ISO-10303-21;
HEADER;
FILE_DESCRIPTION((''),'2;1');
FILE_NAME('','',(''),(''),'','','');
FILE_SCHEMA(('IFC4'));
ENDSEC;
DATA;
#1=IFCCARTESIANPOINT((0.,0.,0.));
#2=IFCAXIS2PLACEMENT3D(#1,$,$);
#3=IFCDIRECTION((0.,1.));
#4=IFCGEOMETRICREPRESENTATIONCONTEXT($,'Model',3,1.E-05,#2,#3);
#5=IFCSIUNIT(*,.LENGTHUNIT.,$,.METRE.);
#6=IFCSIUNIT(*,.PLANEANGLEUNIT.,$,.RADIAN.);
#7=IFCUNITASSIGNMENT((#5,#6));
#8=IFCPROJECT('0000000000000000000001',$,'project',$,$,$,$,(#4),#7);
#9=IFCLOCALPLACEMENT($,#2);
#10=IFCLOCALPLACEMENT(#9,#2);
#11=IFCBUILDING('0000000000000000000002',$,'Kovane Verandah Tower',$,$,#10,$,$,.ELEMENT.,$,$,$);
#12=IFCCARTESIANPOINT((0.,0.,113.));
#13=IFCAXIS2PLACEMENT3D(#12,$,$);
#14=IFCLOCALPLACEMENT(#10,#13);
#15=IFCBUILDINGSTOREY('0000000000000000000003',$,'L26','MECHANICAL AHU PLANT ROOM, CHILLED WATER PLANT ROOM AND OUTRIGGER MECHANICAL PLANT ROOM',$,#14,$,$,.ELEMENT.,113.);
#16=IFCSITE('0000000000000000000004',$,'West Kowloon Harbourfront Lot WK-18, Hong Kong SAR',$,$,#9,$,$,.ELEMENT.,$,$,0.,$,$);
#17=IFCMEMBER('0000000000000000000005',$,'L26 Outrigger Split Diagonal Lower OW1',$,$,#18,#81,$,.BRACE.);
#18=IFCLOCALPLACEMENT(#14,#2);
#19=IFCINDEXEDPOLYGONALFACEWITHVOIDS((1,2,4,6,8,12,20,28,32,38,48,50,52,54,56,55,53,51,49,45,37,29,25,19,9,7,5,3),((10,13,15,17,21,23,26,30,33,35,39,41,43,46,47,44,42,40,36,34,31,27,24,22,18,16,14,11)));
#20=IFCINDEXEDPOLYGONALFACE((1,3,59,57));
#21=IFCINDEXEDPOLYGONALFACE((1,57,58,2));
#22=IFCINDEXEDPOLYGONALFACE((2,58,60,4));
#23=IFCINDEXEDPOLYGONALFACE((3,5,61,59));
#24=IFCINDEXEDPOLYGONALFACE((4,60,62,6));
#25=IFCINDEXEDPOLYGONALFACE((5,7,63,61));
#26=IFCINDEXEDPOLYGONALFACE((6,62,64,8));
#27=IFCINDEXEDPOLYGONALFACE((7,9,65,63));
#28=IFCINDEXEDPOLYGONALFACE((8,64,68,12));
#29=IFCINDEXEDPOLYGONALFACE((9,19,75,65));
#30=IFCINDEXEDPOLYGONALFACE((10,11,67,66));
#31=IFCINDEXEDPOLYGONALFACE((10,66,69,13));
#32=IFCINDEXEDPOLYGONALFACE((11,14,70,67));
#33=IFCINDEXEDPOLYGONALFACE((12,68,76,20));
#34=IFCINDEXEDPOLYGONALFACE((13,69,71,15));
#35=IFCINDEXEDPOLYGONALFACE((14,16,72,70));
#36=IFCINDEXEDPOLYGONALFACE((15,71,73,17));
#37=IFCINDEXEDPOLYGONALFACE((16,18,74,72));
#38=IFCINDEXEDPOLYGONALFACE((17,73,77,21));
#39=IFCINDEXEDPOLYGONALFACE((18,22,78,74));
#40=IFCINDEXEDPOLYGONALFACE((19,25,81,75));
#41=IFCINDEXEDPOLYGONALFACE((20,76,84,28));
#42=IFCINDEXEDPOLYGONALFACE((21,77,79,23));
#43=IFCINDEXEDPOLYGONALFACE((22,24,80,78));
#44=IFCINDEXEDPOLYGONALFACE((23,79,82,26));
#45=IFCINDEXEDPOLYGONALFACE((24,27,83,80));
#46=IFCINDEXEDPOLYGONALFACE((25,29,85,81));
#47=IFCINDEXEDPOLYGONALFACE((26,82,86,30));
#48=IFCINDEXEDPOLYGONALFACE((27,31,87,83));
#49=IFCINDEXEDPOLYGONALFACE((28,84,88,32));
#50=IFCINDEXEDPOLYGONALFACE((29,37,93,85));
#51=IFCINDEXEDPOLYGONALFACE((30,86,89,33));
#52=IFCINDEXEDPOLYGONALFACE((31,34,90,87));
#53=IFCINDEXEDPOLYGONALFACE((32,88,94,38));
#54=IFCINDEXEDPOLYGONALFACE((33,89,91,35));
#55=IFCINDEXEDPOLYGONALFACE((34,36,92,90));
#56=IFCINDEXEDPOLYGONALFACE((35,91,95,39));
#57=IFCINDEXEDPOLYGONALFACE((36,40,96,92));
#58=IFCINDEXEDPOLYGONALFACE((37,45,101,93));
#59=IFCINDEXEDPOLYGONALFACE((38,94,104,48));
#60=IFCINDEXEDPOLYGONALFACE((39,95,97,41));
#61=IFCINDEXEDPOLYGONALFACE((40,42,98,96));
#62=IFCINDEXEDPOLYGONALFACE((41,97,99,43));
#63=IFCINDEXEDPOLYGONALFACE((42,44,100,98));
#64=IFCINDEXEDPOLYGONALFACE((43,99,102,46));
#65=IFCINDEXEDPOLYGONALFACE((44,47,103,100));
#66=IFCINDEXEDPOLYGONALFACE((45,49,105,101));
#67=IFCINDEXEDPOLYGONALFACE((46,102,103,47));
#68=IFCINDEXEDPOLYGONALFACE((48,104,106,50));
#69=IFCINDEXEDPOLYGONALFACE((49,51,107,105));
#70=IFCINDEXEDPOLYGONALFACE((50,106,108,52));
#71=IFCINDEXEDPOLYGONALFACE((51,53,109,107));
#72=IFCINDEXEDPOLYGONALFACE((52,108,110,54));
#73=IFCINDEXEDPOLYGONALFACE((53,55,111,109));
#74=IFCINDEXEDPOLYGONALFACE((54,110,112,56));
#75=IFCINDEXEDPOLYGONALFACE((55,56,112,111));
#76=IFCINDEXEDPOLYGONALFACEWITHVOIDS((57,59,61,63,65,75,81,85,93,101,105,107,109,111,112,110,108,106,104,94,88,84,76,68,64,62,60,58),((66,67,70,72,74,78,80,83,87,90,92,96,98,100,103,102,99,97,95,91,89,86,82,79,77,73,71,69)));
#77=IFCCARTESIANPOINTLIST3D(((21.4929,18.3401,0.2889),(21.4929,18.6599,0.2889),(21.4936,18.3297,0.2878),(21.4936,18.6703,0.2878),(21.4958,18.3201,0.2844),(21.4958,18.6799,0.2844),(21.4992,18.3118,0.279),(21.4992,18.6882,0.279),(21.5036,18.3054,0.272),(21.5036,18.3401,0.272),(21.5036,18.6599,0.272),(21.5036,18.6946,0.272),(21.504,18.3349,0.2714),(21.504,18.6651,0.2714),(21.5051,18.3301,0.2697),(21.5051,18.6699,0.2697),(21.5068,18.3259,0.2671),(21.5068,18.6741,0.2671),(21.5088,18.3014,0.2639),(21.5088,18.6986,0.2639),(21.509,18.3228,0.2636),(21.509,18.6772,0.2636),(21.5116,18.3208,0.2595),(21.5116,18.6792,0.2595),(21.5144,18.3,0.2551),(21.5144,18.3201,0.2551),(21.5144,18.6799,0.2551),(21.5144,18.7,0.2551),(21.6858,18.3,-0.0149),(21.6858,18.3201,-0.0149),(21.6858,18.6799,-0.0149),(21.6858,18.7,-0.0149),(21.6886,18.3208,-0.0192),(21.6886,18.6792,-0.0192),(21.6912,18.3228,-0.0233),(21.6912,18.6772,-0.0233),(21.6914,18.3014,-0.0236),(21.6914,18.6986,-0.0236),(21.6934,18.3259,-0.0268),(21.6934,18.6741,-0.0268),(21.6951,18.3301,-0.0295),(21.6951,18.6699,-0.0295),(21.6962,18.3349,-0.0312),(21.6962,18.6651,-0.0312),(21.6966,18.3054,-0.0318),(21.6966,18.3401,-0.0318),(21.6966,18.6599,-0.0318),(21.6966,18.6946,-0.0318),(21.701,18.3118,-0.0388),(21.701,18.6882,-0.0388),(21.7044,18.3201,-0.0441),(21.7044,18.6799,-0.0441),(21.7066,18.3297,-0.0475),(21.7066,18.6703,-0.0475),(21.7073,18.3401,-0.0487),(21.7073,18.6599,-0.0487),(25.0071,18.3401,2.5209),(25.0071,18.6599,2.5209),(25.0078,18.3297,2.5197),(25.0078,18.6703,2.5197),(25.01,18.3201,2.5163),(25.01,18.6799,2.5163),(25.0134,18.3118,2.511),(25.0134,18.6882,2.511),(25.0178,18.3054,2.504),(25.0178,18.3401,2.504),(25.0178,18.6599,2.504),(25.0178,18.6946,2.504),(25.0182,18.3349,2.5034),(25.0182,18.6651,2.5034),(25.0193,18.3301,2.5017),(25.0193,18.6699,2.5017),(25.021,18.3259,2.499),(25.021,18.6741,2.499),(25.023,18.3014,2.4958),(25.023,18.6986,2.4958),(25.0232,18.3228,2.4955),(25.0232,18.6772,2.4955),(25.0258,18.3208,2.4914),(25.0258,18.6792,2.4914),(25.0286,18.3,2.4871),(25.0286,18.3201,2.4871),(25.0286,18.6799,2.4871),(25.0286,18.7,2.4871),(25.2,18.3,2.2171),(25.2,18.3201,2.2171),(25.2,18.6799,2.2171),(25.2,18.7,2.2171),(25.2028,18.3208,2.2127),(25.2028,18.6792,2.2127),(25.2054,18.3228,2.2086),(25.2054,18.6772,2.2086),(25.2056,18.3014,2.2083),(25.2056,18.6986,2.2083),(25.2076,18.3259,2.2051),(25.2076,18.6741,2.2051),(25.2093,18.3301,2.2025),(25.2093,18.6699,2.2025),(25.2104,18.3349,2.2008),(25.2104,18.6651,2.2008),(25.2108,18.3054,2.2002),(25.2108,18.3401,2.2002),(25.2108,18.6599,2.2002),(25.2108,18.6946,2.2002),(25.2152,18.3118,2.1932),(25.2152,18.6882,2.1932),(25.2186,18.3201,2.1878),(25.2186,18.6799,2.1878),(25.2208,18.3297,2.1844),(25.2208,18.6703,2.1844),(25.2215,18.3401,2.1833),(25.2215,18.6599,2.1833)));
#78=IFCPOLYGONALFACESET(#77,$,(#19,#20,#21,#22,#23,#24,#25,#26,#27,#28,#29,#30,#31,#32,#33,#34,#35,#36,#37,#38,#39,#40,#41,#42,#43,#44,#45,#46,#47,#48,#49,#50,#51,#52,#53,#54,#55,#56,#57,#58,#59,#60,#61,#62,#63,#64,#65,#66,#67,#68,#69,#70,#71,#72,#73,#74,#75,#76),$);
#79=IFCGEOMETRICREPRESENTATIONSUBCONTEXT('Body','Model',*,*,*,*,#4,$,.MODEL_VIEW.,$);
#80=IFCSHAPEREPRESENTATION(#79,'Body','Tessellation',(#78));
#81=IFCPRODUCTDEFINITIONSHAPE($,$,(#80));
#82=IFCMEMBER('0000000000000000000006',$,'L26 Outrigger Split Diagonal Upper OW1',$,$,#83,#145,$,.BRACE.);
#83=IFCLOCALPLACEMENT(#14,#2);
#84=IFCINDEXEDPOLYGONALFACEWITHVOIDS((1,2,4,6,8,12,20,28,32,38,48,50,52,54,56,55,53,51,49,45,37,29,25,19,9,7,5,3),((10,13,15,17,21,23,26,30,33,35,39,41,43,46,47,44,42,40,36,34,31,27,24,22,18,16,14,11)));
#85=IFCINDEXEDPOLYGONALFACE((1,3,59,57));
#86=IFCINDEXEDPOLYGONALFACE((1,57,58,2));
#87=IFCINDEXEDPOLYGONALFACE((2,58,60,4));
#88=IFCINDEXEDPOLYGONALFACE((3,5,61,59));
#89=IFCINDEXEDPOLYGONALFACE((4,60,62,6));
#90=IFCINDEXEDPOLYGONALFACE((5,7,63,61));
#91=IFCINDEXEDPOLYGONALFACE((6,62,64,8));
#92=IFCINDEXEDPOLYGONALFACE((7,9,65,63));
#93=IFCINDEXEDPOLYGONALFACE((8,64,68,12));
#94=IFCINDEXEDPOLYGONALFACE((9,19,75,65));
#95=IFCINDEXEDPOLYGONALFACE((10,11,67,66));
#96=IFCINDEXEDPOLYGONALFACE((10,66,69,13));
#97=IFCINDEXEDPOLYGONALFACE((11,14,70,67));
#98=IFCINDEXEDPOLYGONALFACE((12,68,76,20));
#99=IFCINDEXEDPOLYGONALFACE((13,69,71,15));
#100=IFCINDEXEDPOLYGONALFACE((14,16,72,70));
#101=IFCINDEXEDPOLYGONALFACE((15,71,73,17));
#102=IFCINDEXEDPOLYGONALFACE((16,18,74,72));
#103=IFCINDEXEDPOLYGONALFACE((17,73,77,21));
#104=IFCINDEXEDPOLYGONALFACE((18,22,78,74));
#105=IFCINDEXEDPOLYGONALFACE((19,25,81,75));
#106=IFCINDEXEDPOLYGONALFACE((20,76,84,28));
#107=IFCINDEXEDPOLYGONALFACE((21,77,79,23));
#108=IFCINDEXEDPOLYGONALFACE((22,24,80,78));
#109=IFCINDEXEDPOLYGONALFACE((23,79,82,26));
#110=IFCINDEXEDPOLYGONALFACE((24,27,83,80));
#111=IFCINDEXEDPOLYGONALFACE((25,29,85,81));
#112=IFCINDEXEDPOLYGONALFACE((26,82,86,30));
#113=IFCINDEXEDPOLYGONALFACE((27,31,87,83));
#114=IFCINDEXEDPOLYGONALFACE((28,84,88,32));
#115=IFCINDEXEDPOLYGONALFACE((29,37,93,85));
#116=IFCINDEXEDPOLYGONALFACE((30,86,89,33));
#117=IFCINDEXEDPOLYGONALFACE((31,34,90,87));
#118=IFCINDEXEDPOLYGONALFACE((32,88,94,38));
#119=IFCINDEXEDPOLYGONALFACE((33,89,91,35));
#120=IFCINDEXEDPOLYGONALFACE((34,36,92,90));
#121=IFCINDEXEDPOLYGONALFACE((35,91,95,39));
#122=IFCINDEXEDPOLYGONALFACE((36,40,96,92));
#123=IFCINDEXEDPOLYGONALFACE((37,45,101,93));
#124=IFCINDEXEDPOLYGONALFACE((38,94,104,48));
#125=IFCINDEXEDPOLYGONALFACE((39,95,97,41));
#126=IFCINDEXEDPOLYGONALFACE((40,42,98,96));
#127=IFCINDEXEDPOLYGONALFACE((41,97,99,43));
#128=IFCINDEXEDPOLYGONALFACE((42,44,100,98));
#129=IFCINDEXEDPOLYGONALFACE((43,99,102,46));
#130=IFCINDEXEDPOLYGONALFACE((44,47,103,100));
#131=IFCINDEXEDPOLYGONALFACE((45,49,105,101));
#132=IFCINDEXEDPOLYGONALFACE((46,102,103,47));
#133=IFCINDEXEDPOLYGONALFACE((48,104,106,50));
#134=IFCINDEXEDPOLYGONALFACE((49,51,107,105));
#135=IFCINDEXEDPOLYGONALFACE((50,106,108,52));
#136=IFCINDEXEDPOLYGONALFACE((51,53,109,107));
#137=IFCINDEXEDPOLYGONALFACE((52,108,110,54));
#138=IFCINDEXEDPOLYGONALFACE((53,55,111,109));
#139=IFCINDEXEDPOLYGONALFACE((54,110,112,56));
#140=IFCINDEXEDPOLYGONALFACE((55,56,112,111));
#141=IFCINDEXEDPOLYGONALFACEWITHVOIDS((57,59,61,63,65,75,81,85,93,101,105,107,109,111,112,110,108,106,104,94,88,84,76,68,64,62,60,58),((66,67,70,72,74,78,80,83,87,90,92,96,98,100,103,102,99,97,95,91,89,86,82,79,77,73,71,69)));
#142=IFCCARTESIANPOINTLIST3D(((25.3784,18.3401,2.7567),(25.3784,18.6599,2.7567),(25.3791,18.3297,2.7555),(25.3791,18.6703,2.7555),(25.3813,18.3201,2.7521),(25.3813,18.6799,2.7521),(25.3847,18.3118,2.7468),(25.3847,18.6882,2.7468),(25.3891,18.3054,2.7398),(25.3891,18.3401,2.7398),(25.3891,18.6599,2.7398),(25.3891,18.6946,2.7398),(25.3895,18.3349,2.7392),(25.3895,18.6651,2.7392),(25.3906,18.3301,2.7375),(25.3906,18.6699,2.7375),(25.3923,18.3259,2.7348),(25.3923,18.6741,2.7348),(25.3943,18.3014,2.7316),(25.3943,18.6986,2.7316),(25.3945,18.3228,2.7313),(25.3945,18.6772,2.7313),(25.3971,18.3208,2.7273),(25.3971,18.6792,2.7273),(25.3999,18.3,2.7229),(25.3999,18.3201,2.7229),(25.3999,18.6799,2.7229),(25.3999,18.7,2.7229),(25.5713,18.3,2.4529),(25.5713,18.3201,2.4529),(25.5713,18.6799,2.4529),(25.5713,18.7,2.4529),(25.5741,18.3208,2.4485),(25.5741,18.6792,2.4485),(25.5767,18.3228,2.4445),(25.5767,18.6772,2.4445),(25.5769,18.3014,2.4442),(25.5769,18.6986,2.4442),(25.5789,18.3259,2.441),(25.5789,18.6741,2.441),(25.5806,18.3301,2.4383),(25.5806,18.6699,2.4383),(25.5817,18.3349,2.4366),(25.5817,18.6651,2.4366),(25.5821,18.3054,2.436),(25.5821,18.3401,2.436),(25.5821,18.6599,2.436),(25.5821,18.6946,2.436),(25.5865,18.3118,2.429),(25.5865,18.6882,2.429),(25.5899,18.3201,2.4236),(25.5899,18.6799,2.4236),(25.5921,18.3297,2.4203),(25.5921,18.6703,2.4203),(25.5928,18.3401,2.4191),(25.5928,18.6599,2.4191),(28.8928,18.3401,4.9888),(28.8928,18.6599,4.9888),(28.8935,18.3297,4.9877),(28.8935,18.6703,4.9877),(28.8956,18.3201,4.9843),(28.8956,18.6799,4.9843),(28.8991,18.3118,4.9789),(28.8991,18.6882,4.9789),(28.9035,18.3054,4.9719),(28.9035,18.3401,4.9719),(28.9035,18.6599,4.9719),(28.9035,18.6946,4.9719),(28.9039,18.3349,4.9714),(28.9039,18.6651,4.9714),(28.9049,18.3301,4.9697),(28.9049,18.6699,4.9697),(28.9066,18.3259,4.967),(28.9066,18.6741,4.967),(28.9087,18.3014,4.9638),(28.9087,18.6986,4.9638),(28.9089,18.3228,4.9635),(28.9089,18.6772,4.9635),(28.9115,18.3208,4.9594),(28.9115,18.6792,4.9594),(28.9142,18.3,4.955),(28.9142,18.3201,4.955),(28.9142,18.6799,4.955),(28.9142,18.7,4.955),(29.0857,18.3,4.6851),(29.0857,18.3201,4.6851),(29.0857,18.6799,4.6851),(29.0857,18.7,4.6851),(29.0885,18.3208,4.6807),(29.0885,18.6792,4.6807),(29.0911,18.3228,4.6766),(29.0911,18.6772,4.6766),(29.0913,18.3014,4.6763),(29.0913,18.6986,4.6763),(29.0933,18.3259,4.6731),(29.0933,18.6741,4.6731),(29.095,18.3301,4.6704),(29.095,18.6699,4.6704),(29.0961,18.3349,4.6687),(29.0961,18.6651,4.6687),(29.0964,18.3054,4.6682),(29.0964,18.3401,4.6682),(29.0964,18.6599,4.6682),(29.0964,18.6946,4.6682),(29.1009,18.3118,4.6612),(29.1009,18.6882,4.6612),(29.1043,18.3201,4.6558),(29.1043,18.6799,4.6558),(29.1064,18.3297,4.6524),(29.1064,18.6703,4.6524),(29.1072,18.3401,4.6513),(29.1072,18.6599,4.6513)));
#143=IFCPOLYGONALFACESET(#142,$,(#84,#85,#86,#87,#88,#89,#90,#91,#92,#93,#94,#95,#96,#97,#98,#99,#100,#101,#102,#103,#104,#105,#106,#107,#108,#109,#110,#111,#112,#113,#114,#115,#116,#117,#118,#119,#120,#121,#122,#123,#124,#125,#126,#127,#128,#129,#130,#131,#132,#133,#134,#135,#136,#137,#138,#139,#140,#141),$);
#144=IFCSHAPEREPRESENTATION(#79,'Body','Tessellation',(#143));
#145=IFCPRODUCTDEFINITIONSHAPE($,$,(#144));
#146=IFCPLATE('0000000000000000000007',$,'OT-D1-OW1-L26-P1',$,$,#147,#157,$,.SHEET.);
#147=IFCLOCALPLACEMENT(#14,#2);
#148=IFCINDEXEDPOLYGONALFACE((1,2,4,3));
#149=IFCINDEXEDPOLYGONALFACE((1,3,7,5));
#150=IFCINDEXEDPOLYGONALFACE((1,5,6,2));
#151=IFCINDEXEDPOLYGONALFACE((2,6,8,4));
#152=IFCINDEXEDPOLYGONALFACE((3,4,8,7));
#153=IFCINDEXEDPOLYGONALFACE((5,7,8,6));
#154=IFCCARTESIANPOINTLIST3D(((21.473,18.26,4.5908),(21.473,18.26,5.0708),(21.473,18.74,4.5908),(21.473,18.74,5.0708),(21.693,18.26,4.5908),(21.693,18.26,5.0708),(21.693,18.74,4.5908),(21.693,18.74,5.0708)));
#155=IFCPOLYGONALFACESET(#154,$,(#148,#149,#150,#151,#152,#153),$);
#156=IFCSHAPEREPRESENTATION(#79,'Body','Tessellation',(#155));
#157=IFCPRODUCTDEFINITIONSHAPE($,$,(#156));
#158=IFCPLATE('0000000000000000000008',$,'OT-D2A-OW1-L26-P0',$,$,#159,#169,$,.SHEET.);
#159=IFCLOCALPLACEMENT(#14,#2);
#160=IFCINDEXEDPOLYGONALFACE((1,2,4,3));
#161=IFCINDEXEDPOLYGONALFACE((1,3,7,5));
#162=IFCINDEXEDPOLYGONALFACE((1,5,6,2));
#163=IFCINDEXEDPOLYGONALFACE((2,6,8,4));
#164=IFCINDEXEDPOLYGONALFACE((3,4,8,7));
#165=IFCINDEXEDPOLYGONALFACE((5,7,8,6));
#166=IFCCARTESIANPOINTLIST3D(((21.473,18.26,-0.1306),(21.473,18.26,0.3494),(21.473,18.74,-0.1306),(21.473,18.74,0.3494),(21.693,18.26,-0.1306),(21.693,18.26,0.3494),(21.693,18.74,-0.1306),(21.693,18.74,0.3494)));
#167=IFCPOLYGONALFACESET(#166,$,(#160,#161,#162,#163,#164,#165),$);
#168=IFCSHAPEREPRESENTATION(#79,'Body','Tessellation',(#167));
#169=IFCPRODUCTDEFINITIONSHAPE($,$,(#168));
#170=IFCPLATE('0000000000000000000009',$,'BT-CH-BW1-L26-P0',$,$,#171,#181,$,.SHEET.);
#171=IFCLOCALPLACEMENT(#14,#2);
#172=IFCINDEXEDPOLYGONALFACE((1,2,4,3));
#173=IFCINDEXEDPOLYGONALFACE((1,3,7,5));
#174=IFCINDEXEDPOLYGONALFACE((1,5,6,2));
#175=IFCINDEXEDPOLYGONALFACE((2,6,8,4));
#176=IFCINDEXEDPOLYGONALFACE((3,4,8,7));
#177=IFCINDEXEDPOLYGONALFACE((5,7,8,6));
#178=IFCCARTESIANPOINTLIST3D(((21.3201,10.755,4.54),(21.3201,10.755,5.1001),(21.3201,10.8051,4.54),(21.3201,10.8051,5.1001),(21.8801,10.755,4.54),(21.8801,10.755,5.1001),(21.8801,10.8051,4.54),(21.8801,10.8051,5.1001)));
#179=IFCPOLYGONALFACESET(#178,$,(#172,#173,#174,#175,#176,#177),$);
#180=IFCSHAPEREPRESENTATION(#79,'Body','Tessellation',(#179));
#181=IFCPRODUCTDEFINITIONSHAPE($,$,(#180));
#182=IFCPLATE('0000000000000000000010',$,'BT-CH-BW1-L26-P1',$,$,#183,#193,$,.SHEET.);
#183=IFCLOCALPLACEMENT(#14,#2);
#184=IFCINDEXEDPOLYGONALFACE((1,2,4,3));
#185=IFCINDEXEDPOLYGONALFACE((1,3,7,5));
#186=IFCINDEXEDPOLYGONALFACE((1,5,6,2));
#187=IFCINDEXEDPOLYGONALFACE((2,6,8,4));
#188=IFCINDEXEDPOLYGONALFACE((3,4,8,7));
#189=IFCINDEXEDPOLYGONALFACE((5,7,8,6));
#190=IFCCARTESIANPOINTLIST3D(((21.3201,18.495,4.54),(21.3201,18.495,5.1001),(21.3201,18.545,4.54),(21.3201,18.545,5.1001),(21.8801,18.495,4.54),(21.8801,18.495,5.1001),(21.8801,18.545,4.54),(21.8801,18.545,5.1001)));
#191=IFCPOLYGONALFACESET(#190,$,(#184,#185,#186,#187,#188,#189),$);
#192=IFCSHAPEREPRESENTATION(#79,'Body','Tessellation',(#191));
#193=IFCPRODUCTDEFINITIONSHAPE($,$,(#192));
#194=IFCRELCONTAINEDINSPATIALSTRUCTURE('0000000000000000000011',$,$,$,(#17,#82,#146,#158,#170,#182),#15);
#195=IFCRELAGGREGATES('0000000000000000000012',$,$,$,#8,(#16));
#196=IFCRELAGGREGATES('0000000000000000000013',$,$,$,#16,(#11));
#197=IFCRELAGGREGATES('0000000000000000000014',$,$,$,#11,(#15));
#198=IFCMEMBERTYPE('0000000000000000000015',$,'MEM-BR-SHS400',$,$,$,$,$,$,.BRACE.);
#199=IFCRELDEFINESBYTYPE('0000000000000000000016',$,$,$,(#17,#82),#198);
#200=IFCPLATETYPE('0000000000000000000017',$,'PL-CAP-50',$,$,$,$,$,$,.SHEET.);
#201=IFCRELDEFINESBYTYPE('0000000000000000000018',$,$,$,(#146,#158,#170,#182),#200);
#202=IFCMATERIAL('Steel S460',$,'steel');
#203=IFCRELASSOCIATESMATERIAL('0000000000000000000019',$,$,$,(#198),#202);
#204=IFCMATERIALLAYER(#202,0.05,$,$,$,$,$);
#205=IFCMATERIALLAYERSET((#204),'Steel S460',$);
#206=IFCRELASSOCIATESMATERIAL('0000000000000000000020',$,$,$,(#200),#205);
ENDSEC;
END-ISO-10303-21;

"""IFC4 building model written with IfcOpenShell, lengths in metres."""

from ifc_helpers import new_model, si_unit, direction, frame, origin, origin_2d, place, context, subcontext, project, spatial, rectangle, hollow_rectangle, extrude, material, layer, layer_set, material_profile, profile_set, type_object, element, save


model = new_model("IFC4")

# Units and contexts
model_context = context("Model", 3, precision=1e-05, world=origin(), true_north=direction((0.0, 1.0)))
body_context = subcontext(model_context, "Body", "Model", "MODEL_VIEW")
ifc_project = project(units=[si_unit("LENGTHUNIT", "METRE"), si_unit("PLANEANGLEUNIT", "RADIAN")], contexts=[model_context])

# Site, building, storey
site_placement = place(None, origin())
site = spatial("IfcSite", under=ifc_project, at=site_placement, Name="West Kowloon Harbourfront Lot WK-18, Hong Kong SAR", CompositionType="ELEMENT", RefElevation=0.0)
building_placement = place(site_placement, origin())
building = spatial("IfcBuilding", under=site, at=building_placement, Name="Kovane Verandah Tower", CompositionType="ELEMENT")
storey_placement = place(building_placement, frame((0.0, 0.0, 113.0)))
storey = spatial("IfcBuildingStorey", under=building, at=storey_placement, Name="L26", Description="MECHANICAL AHU PLANT ROOM, CHILLED WATER PLANT ROOM AND OUTRIGGER MECHANICAL PLANT ROOM", CompositionType="ELEMENT", Elevation=113.0)

# Shared definitions
ifc_material_1 = material(Name="Steel S460", Category="steel")

# Members
ifc_material_profile_1 = material_profile(ifc_material_1, hollow_rectangle(XDim=0.3999, YDim=0.3999, WallThickness=0.02, InnerFilletRadius=0.02, OuterFilletRadius=0.04, at=origin_2d()), Name="SHS400x400x20")
ifc_profile_set_1 = profile_set([ifc_material_profile_1], Name="Steel S460")
member_type_1 = type_object("IfcMemberType", Name="MEM-BR-SHS400", PredefinedType="BRACE", material=ifc_profile_set_1)
member_1_placement = place(storey_placement, frame((21.6001, 18.5, 0.1201), z_axis=(0.844134, 0.0, 0.536132), x_axis=(0.0, 1.0, 0.0)))
element("IfcMember", 1, at=member_1_placement, inside=storey, type_object=member_type_1, Name="L26 Outrigger Split Diagonal Lower OW1", PredefinedType="BRACE", context=body_context, shape_type="SweptSolid", body=[
    extrude(hollow_rectangle(XDim=0.3999, YDim=0.3999, WallThickness=0.02, InnerFilletRadius=0.02, OuterFilletRadius=0.04, at=origin_2d()), origin(), (0.0, 0.0, 1.0), 4.1631),
])
member_2_placement = place(storey_placement, frame((25.4856, 18.5, 2.5879), z_axis=(0.844125, 0.0, 0.536147), x_axis=(0.0, 1.0, 0.0)))
element("IfcMember", 2, at=member_2_placement, inside=storey, type_object=member_type_1, Name="L26 Outrigger Split Diagonal Upper OW1", PredefinedType="BRACE", context=body_context, shape_type="SweptSolid", body=[
    extrude(hollow_rectangle(XDim=0.3999, YDim=0.3999, WallThickness=0.02, InnerFilletRadius=0.02, OuterFilletRadius=0.04, at=origin_2d()), origin(), (0.0, 0.0, 1.0), 4.1633),
])

# Plates
ifc_layer_1 = layer(ifc_material_1, 0.05)
ifc_layer_set_1 = layer_set([ifc_layer_1], Name="Steel S460")
plate_type_1 = type_object("IfcPlateType", Name="PL-CAP-50", PredefinedType="SHEET", material=ifc_layer_set_1)
for number, where, z_axis, x_axis, name in (
    (3, (21.583, 18.5, 4.5908), (0.0, 0.0, 1.0), (-1.0, 0.0, 0.0), "OT-D1-OW1-L26-P1"),
    (4, (21.583, 18.5, -0.1306), (0.0, 0.0, 1.0), (1.0, 0.0, 0.0), "OT-D2A-OW1-L26-P0"),
):
    element("IfcPlate", number, at=place(storey_placement, frame(where, z_axis=z_axis, x_axis=x_axis)), inside=storey, type_object=plate_type_1, Name=name, PredefinedType="SHEET", context=body_context, shape_type="SweptSolid", body=[
        extrude(rectangle(XDim=0.22, YDim=0.48, at=origin_2d()), origin(), (0.0, 0.0, 1.0), 0.48),
    ])
for number, where, z_axis, x_axis, name in (
    (5, (21.6001, 10.78, 4.54), (0.0, 0.0, 1.0), (0.0, 1.0, 0.0), "BT-CH-BW1-L26-P0"),
    (6, (21.6001, 18.52, 4.54), (0.0, 0.0, 1.0), (0.0, 1.0, 0.0), "BT-CH-BW1-L26-P1"),
):
    element("IfcPlate", number, at=place(storey_placement, frame(where, z_axis=z_axis, x_axis=x_axis)), inside=storey, type_object=plate_type_1, Name=name, PredefinedType="SHEET", context=body_context, shape_type="SweptSolid", body=[
        extrude(rectangle(XDim=0.05, YDim=0.5601, at=origin_2d()), origin(), (0.0, 0.0, 1.0), 0.5601),
    ])

save(model, "model.ifc")
